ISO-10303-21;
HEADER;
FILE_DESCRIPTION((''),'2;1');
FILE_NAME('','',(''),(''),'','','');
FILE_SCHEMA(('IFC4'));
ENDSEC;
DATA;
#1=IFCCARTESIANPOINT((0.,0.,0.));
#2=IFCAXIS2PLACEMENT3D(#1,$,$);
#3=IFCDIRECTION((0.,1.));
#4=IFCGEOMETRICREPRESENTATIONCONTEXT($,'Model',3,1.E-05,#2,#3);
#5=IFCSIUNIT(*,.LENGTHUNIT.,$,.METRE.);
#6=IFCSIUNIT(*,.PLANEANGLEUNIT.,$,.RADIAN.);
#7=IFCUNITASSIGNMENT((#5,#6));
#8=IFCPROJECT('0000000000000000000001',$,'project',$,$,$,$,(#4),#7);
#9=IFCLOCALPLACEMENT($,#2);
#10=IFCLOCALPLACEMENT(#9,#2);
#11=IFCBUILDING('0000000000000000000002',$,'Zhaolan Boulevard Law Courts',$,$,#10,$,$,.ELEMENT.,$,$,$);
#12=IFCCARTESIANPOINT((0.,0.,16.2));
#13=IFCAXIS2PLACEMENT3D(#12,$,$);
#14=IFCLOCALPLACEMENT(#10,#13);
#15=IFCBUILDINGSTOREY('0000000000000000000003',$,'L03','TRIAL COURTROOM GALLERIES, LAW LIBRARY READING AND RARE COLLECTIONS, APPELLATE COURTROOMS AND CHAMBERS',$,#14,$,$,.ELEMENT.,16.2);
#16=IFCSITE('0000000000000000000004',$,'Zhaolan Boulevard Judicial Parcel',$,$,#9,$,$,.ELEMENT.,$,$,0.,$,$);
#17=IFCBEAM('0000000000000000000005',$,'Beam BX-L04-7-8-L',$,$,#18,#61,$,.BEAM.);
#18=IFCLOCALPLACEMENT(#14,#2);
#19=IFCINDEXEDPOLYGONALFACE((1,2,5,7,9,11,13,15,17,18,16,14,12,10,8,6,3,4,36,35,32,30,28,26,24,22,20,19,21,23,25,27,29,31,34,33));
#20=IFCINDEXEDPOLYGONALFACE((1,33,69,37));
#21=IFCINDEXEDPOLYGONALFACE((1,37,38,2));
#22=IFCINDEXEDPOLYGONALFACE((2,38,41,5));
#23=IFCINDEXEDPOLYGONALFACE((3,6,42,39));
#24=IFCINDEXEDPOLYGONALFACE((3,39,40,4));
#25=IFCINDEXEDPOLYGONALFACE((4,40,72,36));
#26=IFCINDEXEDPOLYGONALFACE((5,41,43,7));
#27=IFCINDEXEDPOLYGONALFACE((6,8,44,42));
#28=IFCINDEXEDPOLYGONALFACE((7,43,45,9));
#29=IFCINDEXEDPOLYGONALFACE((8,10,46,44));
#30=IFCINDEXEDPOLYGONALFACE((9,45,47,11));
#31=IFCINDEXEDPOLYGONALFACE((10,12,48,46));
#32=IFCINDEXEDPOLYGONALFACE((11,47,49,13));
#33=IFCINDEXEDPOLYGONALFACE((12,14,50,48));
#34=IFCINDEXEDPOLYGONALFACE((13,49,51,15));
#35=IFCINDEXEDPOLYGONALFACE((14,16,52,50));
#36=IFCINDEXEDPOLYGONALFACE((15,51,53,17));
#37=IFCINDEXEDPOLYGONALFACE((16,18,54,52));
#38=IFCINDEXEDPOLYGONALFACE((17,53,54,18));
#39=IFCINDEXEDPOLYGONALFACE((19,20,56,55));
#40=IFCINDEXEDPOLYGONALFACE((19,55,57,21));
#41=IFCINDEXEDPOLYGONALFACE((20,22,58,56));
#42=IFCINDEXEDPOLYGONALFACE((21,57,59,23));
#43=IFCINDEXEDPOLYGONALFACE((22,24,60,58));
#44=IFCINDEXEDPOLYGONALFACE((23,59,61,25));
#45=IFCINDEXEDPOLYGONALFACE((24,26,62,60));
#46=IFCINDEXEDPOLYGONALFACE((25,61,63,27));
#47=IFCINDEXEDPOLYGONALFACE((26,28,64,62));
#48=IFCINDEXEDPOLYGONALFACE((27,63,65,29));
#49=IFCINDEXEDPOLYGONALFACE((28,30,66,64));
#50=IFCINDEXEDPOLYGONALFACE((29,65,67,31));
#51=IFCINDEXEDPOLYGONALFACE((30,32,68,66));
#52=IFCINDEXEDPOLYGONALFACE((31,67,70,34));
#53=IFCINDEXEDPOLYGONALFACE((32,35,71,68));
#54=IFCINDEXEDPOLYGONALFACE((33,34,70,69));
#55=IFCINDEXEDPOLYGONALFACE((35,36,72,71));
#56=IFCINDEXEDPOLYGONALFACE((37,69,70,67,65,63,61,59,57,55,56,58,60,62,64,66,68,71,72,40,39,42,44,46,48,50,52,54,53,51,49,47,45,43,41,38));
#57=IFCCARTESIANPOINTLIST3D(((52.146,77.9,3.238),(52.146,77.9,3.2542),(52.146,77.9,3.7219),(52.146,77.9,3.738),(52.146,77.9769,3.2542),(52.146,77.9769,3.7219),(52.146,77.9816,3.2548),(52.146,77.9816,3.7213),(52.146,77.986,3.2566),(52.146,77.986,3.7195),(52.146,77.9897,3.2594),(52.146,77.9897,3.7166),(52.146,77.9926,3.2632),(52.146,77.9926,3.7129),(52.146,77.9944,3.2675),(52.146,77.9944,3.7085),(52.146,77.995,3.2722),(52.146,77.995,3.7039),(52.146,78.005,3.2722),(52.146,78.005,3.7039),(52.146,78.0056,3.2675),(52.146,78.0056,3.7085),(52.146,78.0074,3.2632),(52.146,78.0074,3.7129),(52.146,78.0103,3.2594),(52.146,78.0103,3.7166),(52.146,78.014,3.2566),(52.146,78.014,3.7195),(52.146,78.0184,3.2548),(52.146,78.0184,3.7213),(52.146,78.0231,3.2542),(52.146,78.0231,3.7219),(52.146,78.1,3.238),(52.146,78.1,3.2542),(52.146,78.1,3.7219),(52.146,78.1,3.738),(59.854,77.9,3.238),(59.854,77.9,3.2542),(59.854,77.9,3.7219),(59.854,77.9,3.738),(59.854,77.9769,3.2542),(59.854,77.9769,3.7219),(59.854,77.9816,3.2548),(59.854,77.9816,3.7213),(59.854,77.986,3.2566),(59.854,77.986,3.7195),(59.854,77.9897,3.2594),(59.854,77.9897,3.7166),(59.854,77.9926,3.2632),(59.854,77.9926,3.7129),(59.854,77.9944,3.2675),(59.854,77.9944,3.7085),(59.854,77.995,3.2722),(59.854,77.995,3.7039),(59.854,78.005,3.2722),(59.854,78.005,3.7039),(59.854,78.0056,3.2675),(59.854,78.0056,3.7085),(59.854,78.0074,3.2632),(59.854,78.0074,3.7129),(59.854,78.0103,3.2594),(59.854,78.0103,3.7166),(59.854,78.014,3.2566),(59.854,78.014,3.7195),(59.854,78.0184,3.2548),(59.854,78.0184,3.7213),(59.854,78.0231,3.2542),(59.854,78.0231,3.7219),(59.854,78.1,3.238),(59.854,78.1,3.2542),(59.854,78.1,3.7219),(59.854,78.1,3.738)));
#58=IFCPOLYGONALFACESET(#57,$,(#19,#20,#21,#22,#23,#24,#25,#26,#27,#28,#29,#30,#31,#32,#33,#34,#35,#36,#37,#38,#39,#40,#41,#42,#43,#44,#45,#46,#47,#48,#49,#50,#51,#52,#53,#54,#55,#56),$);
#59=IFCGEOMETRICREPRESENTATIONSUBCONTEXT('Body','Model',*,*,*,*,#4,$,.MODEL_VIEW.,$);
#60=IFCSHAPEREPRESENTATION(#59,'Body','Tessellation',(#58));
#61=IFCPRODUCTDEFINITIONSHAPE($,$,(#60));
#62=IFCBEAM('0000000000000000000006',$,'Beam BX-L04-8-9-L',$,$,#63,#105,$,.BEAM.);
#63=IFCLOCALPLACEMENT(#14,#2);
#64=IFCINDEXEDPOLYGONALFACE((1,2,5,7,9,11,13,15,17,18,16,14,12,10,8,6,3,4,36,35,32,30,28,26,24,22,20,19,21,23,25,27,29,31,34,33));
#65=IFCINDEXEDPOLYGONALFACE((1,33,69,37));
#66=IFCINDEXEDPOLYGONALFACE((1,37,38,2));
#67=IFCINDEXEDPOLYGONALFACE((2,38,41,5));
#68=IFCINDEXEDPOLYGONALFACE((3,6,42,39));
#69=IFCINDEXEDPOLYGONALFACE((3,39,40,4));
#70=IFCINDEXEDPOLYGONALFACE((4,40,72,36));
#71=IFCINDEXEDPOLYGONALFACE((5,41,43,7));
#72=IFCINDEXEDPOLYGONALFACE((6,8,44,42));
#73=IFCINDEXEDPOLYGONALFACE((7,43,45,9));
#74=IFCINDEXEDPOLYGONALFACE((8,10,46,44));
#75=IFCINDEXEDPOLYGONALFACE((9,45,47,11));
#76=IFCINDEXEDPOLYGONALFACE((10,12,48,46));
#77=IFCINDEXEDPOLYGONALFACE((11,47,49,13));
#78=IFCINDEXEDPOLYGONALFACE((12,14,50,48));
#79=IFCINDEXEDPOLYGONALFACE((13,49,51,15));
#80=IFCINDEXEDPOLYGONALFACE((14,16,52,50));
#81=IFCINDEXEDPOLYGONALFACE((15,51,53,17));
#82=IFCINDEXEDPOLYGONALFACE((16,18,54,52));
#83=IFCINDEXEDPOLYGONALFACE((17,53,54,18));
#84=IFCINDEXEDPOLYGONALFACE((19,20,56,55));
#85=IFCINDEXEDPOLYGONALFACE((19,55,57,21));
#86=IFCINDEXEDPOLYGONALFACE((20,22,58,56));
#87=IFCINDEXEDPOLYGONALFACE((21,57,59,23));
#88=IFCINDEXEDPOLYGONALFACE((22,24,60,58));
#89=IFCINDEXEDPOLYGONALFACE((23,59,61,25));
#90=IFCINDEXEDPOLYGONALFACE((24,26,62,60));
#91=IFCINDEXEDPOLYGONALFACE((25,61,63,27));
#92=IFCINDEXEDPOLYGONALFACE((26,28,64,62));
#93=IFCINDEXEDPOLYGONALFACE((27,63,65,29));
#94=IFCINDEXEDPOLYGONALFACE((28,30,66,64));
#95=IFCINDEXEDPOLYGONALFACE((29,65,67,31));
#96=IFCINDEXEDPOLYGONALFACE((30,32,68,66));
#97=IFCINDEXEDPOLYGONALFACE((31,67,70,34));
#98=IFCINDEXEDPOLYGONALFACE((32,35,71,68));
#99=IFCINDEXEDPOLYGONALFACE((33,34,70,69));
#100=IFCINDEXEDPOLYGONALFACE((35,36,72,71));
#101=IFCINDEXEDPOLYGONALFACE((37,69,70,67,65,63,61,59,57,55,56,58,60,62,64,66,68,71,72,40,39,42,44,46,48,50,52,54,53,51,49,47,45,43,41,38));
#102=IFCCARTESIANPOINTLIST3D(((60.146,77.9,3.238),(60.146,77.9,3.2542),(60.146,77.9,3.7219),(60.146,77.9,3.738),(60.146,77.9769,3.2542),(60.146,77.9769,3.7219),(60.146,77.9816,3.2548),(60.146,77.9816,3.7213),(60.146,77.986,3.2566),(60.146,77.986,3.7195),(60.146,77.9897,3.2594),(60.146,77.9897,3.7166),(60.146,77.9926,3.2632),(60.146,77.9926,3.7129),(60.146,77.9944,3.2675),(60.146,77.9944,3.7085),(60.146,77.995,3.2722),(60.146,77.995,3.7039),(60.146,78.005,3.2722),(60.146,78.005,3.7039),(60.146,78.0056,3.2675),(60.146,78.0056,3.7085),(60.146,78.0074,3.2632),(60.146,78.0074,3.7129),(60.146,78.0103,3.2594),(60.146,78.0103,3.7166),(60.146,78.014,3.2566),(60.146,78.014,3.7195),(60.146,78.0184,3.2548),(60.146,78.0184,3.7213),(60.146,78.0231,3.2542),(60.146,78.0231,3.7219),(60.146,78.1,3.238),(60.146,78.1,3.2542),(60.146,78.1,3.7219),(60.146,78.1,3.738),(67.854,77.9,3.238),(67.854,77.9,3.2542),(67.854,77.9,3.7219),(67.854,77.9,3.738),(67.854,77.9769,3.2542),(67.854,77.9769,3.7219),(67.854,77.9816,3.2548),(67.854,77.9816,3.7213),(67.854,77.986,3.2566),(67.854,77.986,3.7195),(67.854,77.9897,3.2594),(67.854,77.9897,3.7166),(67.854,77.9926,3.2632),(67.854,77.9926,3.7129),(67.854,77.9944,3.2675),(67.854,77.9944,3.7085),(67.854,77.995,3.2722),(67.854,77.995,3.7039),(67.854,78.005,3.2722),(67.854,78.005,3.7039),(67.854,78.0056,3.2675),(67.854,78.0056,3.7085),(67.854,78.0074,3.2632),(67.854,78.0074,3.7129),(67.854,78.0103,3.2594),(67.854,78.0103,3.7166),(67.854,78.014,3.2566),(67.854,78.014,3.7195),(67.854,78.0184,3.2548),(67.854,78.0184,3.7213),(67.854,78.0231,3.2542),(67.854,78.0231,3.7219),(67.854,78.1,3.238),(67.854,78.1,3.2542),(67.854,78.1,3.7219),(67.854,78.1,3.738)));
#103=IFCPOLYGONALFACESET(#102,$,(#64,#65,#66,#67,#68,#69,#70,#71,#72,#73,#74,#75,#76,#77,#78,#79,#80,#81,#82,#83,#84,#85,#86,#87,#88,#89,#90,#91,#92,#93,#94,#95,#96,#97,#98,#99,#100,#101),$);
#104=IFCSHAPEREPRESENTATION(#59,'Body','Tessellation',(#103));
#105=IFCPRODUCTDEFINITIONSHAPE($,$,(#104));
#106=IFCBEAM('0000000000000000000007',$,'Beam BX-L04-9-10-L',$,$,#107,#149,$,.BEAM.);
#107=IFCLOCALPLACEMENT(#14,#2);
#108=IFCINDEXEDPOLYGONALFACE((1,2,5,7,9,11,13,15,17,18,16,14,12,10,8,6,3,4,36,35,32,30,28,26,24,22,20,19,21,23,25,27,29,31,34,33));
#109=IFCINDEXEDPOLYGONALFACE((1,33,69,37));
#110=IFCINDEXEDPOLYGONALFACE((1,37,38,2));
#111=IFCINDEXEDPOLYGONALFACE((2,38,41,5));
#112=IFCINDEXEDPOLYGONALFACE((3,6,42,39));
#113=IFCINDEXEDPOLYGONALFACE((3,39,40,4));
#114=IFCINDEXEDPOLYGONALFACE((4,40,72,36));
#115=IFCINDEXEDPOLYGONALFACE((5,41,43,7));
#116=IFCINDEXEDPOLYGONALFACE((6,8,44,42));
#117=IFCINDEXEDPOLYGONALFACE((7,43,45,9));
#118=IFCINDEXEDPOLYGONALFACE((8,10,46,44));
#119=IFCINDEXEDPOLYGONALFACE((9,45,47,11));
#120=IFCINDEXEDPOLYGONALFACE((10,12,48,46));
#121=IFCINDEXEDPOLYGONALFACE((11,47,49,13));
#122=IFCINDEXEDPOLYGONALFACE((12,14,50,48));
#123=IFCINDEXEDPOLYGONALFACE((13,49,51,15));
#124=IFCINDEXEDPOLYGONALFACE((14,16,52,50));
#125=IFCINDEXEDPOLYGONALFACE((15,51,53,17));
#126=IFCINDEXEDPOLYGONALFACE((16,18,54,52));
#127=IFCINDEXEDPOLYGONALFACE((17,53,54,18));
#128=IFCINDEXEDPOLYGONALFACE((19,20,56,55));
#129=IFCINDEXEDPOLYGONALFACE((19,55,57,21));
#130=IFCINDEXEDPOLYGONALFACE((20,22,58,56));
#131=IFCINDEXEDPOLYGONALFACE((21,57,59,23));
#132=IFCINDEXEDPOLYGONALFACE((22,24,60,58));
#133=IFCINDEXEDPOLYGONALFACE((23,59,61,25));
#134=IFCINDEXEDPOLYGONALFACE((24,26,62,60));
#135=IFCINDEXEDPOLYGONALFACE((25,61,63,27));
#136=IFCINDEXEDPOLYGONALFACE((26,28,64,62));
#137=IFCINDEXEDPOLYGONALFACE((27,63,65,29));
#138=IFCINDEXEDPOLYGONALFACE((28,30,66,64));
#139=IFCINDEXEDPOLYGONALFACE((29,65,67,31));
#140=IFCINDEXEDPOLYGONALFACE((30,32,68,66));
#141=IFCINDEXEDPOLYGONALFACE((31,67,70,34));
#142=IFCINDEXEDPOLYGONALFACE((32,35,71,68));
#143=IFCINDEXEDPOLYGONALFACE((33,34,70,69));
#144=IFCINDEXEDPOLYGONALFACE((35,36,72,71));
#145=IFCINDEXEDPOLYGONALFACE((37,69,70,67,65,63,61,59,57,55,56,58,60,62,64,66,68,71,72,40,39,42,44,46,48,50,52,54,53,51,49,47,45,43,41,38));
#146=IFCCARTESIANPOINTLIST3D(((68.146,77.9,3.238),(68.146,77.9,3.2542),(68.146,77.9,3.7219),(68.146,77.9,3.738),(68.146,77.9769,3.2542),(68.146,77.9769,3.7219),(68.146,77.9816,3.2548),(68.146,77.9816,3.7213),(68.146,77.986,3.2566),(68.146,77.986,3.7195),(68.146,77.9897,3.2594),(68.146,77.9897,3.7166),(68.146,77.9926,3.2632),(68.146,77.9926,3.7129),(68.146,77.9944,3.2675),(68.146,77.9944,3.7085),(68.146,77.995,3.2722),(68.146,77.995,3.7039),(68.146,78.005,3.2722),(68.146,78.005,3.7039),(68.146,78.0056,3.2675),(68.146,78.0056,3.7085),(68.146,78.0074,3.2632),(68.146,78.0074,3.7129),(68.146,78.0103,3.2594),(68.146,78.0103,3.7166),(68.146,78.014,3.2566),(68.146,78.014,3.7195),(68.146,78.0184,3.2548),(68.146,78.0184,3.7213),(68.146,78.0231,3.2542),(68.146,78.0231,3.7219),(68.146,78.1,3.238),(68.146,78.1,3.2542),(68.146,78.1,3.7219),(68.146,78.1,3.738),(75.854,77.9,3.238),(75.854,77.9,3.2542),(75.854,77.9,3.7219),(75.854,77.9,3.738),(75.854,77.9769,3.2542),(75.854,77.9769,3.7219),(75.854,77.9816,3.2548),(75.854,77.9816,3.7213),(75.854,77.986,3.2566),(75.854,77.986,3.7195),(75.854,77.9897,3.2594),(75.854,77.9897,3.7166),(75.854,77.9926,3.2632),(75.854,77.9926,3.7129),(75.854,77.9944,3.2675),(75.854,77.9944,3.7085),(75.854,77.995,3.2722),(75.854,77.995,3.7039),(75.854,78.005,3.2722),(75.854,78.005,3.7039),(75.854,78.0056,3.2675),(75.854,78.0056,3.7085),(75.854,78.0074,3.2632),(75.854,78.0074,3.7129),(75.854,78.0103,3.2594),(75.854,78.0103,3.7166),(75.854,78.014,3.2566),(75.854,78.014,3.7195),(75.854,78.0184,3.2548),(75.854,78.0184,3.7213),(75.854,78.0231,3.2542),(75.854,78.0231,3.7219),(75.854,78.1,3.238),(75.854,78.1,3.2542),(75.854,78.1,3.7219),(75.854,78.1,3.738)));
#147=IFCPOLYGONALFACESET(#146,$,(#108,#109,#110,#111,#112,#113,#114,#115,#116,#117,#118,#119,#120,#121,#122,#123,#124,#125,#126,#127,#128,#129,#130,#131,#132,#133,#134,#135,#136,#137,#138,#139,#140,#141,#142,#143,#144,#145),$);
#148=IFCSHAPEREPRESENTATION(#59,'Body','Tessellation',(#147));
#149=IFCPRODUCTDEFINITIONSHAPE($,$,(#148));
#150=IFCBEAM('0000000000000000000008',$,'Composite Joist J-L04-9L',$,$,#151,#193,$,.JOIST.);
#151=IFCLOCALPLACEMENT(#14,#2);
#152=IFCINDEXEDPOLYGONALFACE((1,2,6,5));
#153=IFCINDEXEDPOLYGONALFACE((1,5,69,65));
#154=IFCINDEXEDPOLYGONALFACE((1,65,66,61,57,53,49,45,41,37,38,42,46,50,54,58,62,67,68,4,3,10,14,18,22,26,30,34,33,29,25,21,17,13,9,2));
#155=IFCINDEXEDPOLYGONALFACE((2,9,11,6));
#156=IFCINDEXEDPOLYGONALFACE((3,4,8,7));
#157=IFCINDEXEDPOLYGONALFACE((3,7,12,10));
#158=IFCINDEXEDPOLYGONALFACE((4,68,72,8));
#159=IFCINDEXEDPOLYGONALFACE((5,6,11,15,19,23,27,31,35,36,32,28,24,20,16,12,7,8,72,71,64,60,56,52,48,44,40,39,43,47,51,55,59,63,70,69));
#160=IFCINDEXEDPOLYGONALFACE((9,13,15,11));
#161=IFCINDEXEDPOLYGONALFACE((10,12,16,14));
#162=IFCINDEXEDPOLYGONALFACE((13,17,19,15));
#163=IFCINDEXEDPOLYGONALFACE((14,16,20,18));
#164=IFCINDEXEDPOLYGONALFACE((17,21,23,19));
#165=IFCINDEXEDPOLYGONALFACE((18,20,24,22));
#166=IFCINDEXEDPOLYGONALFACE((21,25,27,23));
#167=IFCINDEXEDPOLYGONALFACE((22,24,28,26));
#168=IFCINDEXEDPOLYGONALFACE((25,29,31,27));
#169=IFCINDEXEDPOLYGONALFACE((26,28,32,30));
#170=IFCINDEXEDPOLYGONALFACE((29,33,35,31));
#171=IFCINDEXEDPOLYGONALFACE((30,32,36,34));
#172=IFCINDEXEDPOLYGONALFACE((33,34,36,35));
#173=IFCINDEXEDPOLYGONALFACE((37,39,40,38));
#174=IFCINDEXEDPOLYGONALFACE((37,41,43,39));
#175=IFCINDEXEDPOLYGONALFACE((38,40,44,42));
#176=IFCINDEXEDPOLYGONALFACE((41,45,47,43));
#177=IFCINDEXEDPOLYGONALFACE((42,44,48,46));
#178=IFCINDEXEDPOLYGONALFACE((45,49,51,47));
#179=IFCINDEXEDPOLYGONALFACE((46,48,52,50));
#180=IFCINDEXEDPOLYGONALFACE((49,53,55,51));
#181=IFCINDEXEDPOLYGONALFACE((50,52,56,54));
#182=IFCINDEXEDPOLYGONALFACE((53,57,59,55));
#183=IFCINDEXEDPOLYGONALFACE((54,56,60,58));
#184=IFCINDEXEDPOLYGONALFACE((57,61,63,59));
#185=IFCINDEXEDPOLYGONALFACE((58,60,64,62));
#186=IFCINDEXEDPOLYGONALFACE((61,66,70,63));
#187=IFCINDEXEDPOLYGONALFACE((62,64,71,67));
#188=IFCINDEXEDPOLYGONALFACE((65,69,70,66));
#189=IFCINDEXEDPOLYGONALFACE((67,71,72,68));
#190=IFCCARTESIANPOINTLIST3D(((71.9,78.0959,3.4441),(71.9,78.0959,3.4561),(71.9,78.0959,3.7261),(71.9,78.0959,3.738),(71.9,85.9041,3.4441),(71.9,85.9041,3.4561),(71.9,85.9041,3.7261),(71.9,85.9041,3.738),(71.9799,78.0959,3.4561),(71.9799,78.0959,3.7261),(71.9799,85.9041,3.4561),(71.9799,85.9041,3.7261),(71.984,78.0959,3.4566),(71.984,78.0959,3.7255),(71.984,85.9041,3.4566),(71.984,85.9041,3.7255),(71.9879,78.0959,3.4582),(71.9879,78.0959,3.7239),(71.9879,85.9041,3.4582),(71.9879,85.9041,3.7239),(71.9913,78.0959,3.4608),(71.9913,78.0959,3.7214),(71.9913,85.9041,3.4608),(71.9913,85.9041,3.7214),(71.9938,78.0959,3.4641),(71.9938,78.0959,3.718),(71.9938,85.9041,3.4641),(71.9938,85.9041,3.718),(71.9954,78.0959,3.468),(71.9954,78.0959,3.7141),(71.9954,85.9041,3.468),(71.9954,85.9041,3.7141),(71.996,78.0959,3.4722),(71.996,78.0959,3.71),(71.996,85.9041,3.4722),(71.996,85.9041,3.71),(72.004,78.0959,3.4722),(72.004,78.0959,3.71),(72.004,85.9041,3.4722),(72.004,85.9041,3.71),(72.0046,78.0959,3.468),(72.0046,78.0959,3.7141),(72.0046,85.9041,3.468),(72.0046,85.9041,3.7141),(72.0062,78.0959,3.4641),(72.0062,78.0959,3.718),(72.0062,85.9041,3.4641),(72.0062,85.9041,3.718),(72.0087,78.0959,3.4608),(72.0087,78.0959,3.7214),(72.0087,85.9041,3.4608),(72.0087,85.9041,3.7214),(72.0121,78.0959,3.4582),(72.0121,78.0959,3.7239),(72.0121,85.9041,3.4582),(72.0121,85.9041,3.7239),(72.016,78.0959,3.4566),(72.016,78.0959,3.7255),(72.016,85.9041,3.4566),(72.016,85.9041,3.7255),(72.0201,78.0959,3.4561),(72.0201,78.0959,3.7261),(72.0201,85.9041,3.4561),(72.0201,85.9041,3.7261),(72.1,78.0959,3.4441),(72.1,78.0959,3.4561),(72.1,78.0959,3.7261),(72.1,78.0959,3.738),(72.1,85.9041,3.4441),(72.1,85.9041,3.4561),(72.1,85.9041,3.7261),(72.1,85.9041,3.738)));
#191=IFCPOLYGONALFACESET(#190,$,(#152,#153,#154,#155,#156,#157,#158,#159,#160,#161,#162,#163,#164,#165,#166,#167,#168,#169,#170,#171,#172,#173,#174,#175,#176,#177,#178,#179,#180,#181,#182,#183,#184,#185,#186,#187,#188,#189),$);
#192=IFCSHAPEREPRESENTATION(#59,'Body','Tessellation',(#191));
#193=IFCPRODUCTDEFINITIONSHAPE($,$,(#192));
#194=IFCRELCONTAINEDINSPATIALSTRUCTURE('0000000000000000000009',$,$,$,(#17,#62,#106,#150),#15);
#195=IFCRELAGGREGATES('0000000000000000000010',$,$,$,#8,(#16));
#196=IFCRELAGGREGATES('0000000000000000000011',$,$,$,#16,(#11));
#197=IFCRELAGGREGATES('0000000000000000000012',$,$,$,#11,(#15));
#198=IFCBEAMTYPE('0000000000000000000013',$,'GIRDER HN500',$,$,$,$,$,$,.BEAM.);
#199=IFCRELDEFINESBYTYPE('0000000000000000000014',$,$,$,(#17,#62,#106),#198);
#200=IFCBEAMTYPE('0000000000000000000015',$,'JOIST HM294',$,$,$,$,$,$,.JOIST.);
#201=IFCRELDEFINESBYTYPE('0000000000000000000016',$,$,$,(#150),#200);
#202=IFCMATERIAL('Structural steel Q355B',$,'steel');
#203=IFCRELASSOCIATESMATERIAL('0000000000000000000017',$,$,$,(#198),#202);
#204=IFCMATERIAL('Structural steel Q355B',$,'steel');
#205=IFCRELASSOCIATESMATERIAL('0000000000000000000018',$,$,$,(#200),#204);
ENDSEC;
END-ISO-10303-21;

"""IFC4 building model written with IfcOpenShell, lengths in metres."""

from ifc_helpers import new_model, si_unit, direction, frame, origin, origin_2d, place, context, subcontext, project, spatial, i_section, extrude, material, material_profile, profile_set, type_object, element, save


model = new_model("IFC4")

# Units and contexts
model_context = context("Model", 3, precision=1e-05, world=origin(), true_north=direction((0.0, 1.0)))
body_context = subcontext(model_context, "Body", "Model", "MODEL_VIEW")
ifc_project = project(units=[si_unit("LENGTHUNIT", "METRE"), si_unit("PLANEANGLEUNIT", "RADIAN")], contexts=[model_context])

# Site, building, storey
site_placement = place(None, origin())
site = spatial("IfcSite", under=ifc_project, at=site_placement, Name="Zhaolan Boulevard Judicial Parcel", CompositionType="ELEMENT", RefElevation=0.0)
building_placement = place(site_placement, origin())
building = spatial("IfcBuilding", under=site, at=building_placement, Name="Zhaolan Boulevard Law Courts", CompositionType="ELEMENT")
storey_placement = place(building_placement, frame((0.0, 0.0, 16.2)))
storey = spatial("IfcBuildingStorey", under=building, at=storey_placement, Name="L03", Description="TRIAL COURTROOM GALLERIES, LAW LIBRARY READING AND RARE COLLECTIONS, APPELLATE COURTROOMS AND CHAMBERS", CompositionType="ELEMENT", Elevation=16.2)

# Beams
ifc_material_1 = material(Name="Structural steel Q355B", Category="steel")
ifc_material_profile_1 = material_profile(ifc_material_1, i_section(OverallWidth=0.2, OverallDepth=0.5, WebThickness=0.01, FlangeThickness=0.0161, FilletRadius=0.0181, at=origin_2d()), Name="HN500x200")
ifc_profile_set_1 = profile_set([ifc_material_profile_1], Name="Structural steel Q355B")
beam_type_1 = type_object("IfcBeamType", Name="GIRDER HN500", PredefinedType="BEAM", material=ifc_profile_set_1)
for number, where, z_axis, x_axis, name in (
    (1, (52.146, 78.0, 3.488), (1.0, 0.0, 0.0), (0.0, 1.0, 0.0), "Beam BX-L04-7-8-L"),
    (2, (60.146, 78.0, 3.488), (1.0, 0.0, 0.0), (0.0, 1.0, 0.0), "Beam BX-L04-8-9-L"),
    (3, (68.146, 78.0, 3.488), (1.0, 0.0, 0.0), (0.0, 1.0, 0.0), "Beam BX-L04-9-10-L"),
):
    element("IfcBeam", number, at=place(storey_placement, frame(where, z_axis=z_axis, x_axis=x_axis)), inside=storey, type_object=beam_type_1, Name=name, PredefinedType="BEAM", context=body_context, shape_type="SweptSolid", body=[
        extrude(i_section(OverallWidth=0.2, OverallDepth=0.5, WebThickness=0.01, FlangeThickness=0.0161, FilletRadius=0.0181, at=origin_2d()), origin(), (0.0, 0.0, 1.0), 7.708),
    ])
ifc_material_2 = material(Name="Structural steel Q355B", Category="steel")
ifc_material_profile_2 = material_profile(ifc_material_2, i_section(OverallWidth=0.2, OverallDepth=0.2939, WebThickness=0.0081, FlangeThickness=0.012, FilletRadius=0.0161, at=origin_2d()), Name="HM294x200")
ifc_profile_set_2 = profile_set([ifc_material_profile_2], Name="Structural steel Q355B")
beam_type_2 = type_object("IfcBeamType", Name="JOIST HM294", PredefinedType="JOIST", material=ifc_profile_set_2)
beam_1_placement = place(storey_placement, frame((72.0, 78.0959, 3.5911), z_axis=(0.0, 1.0, 0.0), x_axis=(-1.0, 0.0, 0.0)))
element("IfcBeam", 4, at=beam_1_placement, inside=storey, type_object=beam_type_2, Name="Composite Joist J-L04-9L", PredefinedType="JOIST", context=body_context, shape_type="SweptSolid", body=[
    extrude(i_section(OverallWidth=0.2, OverallDepth=0.2939, WebThickness=0.0081, FlangeThickness=0.012, FilletRadius=0.0161, at=origin_2d()), origin(), (0.0, 0.0, 1.0), 7.8081),
])

save(model, "model.ifc")
